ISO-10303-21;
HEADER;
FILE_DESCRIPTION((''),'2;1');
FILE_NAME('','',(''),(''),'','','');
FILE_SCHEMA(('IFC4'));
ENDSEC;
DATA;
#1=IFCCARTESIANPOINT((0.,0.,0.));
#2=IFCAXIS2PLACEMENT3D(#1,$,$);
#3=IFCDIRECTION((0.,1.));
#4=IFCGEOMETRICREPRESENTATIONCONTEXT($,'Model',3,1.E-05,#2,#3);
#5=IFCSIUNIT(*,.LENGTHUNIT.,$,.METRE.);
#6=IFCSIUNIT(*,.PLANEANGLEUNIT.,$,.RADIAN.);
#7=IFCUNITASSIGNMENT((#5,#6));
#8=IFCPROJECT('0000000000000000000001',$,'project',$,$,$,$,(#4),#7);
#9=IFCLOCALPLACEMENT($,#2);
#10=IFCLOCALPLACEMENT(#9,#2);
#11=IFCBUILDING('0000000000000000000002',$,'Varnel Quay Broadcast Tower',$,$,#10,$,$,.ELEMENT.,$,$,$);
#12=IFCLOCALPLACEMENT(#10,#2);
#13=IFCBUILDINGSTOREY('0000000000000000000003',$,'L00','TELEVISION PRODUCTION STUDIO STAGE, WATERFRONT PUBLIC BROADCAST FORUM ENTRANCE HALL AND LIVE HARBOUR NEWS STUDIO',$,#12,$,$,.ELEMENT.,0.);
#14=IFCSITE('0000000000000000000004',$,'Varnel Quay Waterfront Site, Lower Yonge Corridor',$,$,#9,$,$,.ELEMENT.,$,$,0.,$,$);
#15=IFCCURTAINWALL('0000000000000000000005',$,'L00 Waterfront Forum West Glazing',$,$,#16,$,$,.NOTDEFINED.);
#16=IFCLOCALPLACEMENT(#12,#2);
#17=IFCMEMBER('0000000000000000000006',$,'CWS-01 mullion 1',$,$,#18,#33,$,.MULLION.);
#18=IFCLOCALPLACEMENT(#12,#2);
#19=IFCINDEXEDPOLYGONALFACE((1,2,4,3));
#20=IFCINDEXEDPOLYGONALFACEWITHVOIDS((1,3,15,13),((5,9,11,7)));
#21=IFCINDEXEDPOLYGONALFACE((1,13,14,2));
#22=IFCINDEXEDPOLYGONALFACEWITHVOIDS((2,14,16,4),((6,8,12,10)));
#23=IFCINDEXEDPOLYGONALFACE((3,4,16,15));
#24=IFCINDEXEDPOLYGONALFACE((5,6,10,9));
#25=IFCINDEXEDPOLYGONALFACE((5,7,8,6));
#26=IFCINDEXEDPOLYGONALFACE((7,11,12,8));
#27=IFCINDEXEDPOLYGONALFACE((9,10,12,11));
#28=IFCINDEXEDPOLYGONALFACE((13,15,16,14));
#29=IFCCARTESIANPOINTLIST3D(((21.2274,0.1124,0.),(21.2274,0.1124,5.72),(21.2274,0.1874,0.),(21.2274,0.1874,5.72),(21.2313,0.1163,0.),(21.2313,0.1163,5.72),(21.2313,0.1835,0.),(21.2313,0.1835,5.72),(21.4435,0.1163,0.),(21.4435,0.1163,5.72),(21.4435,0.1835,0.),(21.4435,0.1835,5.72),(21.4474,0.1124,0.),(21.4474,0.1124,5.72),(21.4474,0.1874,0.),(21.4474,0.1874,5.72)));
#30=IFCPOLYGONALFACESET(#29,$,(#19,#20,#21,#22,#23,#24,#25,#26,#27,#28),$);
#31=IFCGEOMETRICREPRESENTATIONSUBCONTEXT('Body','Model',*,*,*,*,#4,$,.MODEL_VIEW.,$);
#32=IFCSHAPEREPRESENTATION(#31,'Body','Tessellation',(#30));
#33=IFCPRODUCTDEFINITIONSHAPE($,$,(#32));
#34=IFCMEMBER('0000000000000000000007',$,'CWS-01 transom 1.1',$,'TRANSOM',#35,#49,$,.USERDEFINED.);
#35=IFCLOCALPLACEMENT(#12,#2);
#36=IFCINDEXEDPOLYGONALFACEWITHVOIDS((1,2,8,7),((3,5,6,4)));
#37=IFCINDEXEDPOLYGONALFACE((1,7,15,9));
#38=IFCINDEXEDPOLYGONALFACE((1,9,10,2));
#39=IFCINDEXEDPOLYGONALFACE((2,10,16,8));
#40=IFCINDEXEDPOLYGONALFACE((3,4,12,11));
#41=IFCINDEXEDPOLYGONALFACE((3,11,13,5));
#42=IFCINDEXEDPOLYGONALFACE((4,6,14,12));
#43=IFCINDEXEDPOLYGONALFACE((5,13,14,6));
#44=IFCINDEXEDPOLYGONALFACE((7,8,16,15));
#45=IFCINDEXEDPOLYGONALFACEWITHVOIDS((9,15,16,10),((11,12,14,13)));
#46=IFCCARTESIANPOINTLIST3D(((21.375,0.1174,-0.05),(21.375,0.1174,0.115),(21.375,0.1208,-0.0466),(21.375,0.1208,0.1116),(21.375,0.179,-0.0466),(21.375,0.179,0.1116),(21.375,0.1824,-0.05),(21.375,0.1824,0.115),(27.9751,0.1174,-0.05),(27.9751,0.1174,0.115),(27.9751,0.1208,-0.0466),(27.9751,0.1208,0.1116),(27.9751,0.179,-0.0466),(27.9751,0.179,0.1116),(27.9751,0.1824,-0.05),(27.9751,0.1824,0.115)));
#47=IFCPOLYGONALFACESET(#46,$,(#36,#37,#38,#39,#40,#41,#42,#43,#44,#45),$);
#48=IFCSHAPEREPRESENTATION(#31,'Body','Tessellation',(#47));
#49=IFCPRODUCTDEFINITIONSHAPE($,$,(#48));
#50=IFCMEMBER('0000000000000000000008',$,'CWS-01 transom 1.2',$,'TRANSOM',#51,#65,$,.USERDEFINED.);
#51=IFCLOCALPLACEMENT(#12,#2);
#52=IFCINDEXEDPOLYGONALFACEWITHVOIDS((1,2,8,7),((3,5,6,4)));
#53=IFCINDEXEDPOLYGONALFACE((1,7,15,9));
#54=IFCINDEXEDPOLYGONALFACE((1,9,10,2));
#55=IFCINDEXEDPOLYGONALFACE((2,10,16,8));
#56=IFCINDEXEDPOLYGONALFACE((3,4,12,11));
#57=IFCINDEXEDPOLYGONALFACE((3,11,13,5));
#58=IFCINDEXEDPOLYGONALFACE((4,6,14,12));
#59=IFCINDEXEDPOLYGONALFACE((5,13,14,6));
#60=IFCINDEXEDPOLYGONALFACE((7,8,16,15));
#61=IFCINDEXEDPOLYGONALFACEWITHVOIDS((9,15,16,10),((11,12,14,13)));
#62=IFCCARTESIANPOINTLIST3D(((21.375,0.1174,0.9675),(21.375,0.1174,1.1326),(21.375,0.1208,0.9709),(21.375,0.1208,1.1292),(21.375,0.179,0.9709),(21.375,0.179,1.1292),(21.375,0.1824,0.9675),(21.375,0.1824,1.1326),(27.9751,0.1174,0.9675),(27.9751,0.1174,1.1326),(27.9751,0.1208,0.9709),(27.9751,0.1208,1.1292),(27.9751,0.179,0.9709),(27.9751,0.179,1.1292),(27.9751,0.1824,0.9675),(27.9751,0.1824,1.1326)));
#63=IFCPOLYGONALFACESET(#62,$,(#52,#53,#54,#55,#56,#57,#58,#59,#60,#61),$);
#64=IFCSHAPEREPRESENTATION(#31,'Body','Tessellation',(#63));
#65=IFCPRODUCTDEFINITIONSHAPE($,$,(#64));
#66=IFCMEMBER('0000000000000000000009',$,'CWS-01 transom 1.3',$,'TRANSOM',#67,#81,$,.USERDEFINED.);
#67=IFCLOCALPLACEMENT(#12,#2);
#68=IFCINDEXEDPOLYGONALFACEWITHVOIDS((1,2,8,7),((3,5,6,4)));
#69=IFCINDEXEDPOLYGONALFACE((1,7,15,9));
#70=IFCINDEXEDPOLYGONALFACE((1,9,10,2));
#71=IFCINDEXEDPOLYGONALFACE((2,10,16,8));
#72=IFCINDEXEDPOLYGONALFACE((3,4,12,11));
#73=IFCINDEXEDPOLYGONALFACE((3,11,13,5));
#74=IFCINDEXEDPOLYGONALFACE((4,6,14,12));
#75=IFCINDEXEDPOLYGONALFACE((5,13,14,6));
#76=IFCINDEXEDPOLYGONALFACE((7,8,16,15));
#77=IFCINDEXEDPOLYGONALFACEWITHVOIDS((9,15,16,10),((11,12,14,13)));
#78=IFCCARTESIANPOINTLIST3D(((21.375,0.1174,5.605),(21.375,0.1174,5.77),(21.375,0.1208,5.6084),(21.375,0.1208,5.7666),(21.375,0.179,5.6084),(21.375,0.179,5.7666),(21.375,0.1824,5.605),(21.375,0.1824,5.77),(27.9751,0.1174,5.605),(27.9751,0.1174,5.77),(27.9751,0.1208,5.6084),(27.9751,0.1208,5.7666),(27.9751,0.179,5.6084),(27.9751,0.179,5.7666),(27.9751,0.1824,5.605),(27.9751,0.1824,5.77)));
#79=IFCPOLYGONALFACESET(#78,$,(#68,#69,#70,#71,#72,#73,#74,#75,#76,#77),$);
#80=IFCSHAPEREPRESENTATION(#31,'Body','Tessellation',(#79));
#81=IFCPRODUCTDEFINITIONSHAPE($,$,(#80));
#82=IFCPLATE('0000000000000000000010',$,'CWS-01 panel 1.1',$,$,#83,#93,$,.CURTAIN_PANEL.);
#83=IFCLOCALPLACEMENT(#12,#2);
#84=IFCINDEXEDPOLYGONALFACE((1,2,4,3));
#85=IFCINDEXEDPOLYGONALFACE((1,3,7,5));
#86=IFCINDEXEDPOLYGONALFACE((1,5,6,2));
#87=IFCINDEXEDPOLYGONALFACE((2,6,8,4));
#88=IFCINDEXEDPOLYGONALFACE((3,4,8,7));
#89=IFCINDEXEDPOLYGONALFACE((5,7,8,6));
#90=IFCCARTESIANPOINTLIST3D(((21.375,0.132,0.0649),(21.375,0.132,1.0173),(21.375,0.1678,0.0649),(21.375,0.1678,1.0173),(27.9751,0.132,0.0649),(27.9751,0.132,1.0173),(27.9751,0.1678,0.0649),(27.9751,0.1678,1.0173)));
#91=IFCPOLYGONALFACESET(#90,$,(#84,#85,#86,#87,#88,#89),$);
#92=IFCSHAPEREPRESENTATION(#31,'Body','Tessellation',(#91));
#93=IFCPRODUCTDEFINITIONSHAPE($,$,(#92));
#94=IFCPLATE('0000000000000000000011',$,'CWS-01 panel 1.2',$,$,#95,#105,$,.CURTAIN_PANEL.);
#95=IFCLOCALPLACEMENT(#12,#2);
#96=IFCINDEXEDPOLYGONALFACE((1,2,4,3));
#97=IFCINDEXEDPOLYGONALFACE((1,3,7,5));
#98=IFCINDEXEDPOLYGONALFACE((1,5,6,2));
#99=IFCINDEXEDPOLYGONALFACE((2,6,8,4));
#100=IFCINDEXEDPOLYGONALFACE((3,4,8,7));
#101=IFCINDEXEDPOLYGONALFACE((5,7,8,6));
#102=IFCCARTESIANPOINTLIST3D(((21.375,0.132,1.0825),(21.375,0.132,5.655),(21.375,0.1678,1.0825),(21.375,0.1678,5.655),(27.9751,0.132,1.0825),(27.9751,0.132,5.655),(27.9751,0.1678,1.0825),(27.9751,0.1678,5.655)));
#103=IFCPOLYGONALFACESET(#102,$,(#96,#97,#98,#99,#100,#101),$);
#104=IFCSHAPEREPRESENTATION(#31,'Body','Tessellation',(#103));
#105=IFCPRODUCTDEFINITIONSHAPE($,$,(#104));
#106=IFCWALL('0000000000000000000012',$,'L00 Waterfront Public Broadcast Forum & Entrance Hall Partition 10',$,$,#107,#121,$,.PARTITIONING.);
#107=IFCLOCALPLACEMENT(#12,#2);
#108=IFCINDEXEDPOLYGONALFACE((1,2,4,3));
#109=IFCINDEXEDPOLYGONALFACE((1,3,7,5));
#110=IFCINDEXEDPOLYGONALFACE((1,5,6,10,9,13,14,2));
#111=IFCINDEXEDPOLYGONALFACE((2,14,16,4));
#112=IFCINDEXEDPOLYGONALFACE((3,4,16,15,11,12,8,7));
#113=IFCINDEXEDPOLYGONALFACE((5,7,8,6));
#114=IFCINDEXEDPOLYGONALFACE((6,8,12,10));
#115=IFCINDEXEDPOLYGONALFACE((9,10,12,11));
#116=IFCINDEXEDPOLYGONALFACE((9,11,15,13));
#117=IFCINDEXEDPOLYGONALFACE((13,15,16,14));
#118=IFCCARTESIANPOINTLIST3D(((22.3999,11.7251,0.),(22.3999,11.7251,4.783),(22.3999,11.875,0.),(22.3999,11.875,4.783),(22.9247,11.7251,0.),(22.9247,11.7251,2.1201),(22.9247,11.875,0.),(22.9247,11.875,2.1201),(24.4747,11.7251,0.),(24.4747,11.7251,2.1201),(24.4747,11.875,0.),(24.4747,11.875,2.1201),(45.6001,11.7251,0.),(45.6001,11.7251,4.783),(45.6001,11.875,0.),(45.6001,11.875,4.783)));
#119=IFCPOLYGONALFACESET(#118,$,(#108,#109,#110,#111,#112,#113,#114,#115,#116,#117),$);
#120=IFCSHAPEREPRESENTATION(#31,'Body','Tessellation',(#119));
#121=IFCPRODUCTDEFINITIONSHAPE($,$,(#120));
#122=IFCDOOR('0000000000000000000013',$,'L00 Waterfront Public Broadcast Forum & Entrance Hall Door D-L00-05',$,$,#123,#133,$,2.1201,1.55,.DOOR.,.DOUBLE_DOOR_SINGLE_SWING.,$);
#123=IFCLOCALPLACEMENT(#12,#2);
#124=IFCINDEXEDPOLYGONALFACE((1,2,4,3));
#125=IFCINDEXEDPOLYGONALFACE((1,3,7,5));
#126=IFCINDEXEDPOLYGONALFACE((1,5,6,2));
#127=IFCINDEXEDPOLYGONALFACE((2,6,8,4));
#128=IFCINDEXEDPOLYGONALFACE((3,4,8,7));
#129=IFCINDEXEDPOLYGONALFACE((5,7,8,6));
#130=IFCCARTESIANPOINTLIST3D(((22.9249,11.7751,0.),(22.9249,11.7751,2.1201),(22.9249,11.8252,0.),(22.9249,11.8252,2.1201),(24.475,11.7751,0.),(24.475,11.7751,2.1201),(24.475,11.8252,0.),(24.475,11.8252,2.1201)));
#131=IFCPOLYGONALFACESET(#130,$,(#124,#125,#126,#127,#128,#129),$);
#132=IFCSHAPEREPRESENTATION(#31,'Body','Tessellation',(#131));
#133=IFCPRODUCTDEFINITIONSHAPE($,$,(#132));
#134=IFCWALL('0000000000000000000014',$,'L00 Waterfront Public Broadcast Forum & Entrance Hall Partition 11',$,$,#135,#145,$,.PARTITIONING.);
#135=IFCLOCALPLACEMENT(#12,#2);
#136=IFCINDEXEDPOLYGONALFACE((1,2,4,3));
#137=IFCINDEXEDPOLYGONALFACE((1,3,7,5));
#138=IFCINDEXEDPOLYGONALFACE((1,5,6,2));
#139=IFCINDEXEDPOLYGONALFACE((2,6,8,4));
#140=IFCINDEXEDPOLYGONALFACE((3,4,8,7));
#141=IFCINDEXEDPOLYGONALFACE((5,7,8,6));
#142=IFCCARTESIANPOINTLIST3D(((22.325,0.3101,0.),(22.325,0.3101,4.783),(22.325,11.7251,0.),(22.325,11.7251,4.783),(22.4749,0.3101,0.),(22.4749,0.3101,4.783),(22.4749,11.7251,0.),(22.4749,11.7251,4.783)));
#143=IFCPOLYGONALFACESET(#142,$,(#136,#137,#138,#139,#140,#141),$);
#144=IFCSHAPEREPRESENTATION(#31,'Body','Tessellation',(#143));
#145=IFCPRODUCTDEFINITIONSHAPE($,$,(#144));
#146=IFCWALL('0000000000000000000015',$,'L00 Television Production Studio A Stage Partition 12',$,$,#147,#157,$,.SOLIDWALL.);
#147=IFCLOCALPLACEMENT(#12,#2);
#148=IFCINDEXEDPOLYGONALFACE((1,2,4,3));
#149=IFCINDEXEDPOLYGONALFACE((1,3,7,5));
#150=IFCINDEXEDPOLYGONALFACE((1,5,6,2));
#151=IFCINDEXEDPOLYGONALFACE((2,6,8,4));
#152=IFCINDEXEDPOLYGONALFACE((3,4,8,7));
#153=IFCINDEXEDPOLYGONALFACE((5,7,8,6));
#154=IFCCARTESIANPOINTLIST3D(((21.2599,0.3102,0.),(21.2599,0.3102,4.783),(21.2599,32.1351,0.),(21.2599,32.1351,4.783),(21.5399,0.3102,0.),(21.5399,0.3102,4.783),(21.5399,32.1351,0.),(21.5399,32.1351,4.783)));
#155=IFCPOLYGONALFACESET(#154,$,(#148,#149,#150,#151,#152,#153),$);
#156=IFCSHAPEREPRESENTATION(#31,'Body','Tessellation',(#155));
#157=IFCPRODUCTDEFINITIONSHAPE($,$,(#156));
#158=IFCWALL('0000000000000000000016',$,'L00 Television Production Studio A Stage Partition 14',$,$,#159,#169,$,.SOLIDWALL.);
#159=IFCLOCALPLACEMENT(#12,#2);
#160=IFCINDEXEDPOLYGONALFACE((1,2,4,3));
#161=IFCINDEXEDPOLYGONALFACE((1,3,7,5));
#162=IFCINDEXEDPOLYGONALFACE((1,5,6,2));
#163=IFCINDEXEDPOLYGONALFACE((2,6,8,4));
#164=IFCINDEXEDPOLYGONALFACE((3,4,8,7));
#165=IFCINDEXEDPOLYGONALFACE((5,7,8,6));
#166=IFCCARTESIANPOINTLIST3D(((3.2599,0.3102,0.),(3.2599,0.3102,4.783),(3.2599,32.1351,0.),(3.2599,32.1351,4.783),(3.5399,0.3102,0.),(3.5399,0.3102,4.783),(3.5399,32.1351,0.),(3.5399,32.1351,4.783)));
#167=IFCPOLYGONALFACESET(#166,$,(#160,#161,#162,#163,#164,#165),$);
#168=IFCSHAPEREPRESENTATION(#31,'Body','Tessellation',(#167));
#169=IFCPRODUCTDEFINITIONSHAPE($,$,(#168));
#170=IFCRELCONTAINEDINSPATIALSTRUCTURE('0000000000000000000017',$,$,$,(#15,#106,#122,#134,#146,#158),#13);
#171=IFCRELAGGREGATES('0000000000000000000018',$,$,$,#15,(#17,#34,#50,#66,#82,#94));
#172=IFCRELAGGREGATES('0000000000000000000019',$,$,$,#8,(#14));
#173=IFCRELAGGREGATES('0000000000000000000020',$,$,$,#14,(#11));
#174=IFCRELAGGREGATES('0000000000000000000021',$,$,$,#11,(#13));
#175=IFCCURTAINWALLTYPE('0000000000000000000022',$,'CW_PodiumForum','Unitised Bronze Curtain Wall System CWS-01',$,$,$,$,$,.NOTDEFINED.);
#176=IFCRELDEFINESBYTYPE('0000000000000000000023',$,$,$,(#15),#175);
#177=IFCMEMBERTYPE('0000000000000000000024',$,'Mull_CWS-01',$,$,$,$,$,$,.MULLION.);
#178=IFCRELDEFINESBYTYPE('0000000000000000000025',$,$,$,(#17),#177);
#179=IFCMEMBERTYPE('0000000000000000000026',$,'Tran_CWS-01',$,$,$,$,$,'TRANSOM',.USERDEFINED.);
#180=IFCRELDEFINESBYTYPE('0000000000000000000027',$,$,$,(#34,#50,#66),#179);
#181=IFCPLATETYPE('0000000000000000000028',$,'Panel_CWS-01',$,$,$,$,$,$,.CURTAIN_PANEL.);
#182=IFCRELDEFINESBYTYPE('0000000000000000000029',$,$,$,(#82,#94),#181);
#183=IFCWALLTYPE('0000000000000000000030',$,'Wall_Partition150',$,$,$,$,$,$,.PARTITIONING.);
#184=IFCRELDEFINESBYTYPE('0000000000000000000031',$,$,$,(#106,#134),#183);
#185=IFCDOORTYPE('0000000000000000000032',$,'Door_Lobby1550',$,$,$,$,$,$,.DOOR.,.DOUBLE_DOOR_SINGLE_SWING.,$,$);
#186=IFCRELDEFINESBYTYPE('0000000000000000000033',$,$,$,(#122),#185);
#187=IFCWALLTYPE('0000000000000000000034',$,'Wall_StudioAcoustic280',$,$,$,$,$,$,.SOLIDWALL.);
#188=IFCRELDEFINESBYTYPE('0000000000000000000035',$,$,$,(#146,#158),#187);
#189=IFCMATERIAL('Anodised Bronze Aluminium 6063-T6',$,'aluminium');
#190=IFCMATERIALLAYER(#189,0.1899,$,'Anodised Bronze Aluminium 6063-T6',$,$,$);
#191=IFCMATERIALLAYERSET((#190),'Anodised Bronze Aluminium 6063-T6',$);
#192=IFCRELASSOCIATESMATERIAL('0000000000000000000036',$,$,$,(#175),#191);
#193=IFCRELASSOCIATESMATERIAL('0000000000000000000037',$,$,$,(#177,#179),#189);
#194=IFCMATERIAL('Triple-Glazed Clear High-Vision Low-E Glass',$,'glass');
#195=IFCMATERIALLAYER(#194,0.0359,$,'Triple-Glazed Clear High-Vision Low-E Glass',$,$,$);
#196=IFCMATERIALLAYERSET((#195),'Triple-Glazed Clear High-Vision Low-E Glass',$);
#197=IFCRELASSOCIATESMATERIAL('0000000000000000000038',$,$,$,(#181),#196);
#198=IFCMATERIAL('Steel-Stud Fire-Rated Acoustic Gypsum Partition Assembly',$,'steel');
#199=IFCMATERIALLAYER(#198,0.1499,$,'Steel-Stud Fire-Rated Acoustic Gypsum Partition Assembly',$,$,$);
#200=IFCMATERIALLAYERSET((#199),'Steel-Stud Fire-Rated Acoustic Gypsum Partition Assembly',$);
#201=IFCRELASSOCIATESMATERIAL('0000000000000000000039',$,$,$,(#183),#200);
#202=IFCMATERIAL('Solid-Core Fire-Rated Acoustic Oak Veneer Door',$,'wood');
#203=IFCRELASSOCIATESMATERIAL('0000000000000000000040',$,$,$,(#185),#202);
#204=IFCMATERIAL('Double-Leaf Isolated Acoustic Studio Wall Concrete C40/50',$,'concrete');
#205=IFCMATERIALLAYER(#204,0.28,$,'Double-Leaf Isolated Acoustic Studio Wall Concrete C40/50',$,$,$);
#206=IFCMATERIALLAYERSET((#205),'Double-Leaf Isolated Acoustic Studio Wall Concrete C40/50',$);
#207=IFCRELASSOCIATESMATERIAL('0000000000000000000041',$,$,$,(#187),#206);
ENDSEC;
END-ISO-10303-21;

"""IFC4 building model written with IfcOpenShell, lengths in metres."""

from ifc_helpers import new_model, si_unit, direction, frame, frame_2d, origin, origin_2d, place, context, subcontext, project, spatial, rectangle, hollow_rectangle, extrude, source, transform, mapped, material, layer, layer_set, material_profile, profile_set, type_object, type_shapes, element, fill, aggregate, save


model = new_model("IFC4")

# Units and contexts
model_context = context("Model", 3, precision=1e-05, world=origin(), true_north=direction((0.0, 1.0)))
body_context = subcontext(model_context, "Body", "Model", "MODEL_VIEW")
ifc_project = project(units=[si_unit("LENGTHUNIT", "METRE"), si_unit("PLANEANGLEUNIT", "RADIAN")], contexts=[model_context])

# Site, building, storey
site_placement = place(None, origin())
site = spatial("IfcSite", under=ifc_project, at=site_placement, Name="Varnel Quay Waterfront Site, Lower Yonge Corridor", CompositionType="ELEMENT", RefElevation=0.0)
building_placement = place(site_placement, origin())
building = spatial("IfcBuilding", under=site, at=building_placement, Name="Varnel Quay Broadcast Tower", CompositionType="ELEMENT")
storey_placement = place(building_placement, origin())
storey = spatial("IfcBuildingStorey", under=building, at=storey_placement, Name="L00", Description="TELEVISION PRODUCTION STUDIO STAGE, WATERFRONT PUBLIC BROADCAST FORUM ENTRANCE HALL AND LIVE HARBOUR NEWS STUDIO", CompositionType="ELEMENT", Elevation=0.0)

# Curtain wall, members, plates
ifc_material_1 = material(Name="Anodised Bronze Aluminium 6063-T6", Category="aluminium")
ifc_layer_1 = layer(ifc_material_1, 0.1899, Name="Anodised Bronze Aluminium 6063-T6")
ifc_layer_set_1 = layer_set([ifc_layer_1], Name="Anodised Bronze Aluminium 6063-T6")
curtain_wall_type = type_object("IfcCurtainWallType", Name="CW_PodiumForum", Description="Unitised Bronze Curtain Wall System CWS-01", PredefinedType="NOTDEFINED", material=ifc_layer_set_1)
curtain_wall_placement = place(storey_placement, origin())
curtain_wall = element("IfcCurtainWall", 1, at=curtain_wall_placement, inside=storey, type_object=curtain_wall_type, Name="L00 Waterfront Forum West Glazing", PredefinedType="NOTDEFINED")
ifc_material_profile_1 = material_profile(ifc_material_1, hollow_rectangle(XDim=0.075, YDim=0.22, WallThickness=0.0039, at=origin_2d()), Name="ALU75X220X4")
ifc_profile_set_1 = profile_set([ifc_material_profile_1], Name="Anodised Bronze Aluminium 6063-T6")
member_type_1 = type_object("IfcMemberType", Name="Mull_CWS-01", PredefinedType="MULLION", material=ifc_profile_set_1)
shared_shape_1 = source(origin(), body_context, "Body", "SweptSolid", [
    extrude(hollow_rectangle(XDim=0.075, YDim=0.22, WallThickness=0.0039, at=origin_2d()), origin(), (0.0, 0.0, 1.0), 5.72),
])
type_shapes(member_type_1, [shared_shape_1])
member_1_placement = place(storey_placement, frame((21.3374, 0.1499, 0.0), z_axis=(0.0, 0.0, 1.0), x_axis=(0.0, 1.0, 0.0)))
member_1 = element("IfcMember", 2, at=member_1_placement, type_object=member_type_1, Name="CWS-01 mullion 1", PredefinedType="MULLION", context=body_context, shape_type="MappedRepresentation", body=[
    mapped(shared_shape_1, transform((0.0, 0.0, 0.0), x_axis=(1.0, 0.0, 0.0), y_axis=(0.0, 1.0, 0.0), z_axis=(0.0, 0.0, 1.0), scale=1.0)),
])
ifc_material_profile_2 = material_profile(ifc_material_1, hollow_rectangle(XDim=0.0649, YDim=0.165, WallThickness=0.0034, at=origin_2d()), Name="ALU65X165X3.5")
ifc_profile_set_2 = profile_set([ifc_material_profile_2], Name="Anodised Bronze Aluminium 6063-T6")
member_type_2 = type_object("IfcMemberType", Name="Tran_CWS-01", ElementType="TRANSOM", PredefinedType="USERDEFINED", material=ifc_profile_set_2)
shared_shape_2 = source(origin(), body_context, "Body", "SweptSolid", [
    extrude(hollow_rectangle(XDim=0.0649, YDim=0.165, WallThickness=0.0034, at=origin_2d()), origin(), (0.0, 0.0, 1.0), 6.6001),
])
type_shapes(member_type_2, [shared_shape_2])
member_2_placement = place(storey_placement, frame((21.375, 0.1499, 0.0325), z_axis=(1.0, 0.0, 0.0), x_axis=(0.0, 1.0, 0.0)))
member_2 = element("IfcMember", 3, at=member_2_placement, type_object=member_type_2, Name="CWS-01 transom 1.1", ObjectType="TRANSOM", PredefinedType="USERDEFINED", context=body_context, shape_type="MappedRepresentation", body=[
    mapped(shared_shape_2, transform((0.0, 0.0, 0.0), x_axis=(1.0, 0.0, 0.0), y_axis=(0.0, 1.0, 0.0), z_axis=(0.0, 0.0, 1.0), scale=1.0)),
])
member_3_placement = place(storey_placement, frame((21.375, 0.1499, 1.05), z_axis=(1.0, 0.0, 0.0), x_axis=(0.0, 1.0, 0.0)))
member_3 = element("IfcMember", 4, at=member_3_placement, type_object=member_type_2, Name="CWS-01 transom 1.2", ObjectType="TRANSOM", PredefinedType="USERDEFINED", context=body_context, shape_type="MappedRepresentation", body=[
    mapped(shared_shape_2, transform((0.0, 0.0, 0.0), x_axis=(1.0, 0.0, 0.0), y_axis=(0.0, 1.0, 0.0), z_axis=(0.0, 0.0, 1.0), scale=1.0)),
])
member_4_placement = place(storey_placement, frame((21.375, 0.1499, 5.6875), z_axis=(1.0, 0.0, 0.0), x_axis=(0.0, 1.0, 0.0)))
member_4 = element("IfcMember", 5, at=member_4_placement, type_object=member_type_2, Name="CWS-01 transom 1.3", ObjectType="TRANSOM", PredefinedType="USERDEFINED", context=body_context, shape_type="MappedRepresentation", body=[
    mapped(shared_shape_2, transform((0.0, 0.0, 0.0), x_axis=(1.0, 0.0, 0.0), y_axis=(0.0, 1.0, 0.0), z_axis=(0.0, 0.0, 1.0), scale=1.0)),
])
ifc_material_2 = material(Name="Triple-Glazed Clear High-Vision Low-E Glass", Category="glass")
ifc_layer_2 = layer(ifc_material_2, 0.0359, Name="Triple-Glazed Clear High-Vision Low-E Glass")
ifc_layer_set_2 = layer_set([ifc_layer_2], Name="Triple-Glazed Clear High-Vision Low-E Glass")
plate_type = type_object("IfcPlateType", Name="Panel_CWS-01", PredefinedType="CURTAIN_PANEL", material=ifc_layer_set_2)
shared_shape_3 = source(origin(), body_context, "Body", "SweptSolid", [
    extrude(rectangle(XDim=6.6001, YDim=0.0359, at=origin_2d()), origin(), (0.0, 0.0, 1.0), 0.9524),
])
plate_1_placement = place(storey_placement, frame((24.675, 0.1499, 0.0649), z_axis=(0.0, 0.0, 1.0), x_axis=(1.0, 0.0, 0.0)))
plate_1 = element("IfcPlate", 6, at=plate_1_placement, type_object=plate_type, Name="CWS-01 panel 1.1", PredefinedType="CURTAIN_PANEL", context=body_context, shape_type="MappedRepresentation", body=[
    mapped(shared_shape_3, transform((0.0, 0.0, 0.0), x_axis=(1.0, 0.0, 0.0), y_axis=(0.0, 1.0, 0.0), z_axis=(0.0, 0.0, 1.0), scale=1.0)),
])
shared_shape_4 = source(origin(), body_context, "Body", "SweptSolid", [
    extrude(rectangle(XDim=6.6001, YDim=0.0359, at=origin_2d()), origin(), (0.0, 0.0, 1.0), 4.5725),
])
type_shapes(plate_type, [shared_shape_3, shared_shape_4])
plate_2_placement = place(storey_placement, frame((24.675, 0.1499, 1.0825), z_axis=(0.0, 0.0, 1.0), x_axis=(1.0, 0.0, 0.0)))
plate_2 = element("IfcPlate", 7, at=plate_2_placement, type_object=plate_type, Name="CWS-01 panel 1.2", PredefinedType="CURTAIN_PANEL", context=body_context, shape_type="MappedRepresentation", body=[
    mapped(shared_shape_4, transform((0.0, 0.0, 0.0), x_axis=(1.0, 0.0, 0.0), y_axis=(0.0, 1.0, 0.0), z_axis=(0.0, 0.0, 1.0), scale=1.0)),
])
aggregate(curtain_wall, [member_1, member_2, member_3, member_4, plate_1, plate_2])

# Wall, opening, door
ifc_material_3 = material(Name="Steel-Stud Fire-Rated Acoustic Gypsum Partition Assembly", Category="steel")
ifc_layer_3 = layer(ifc_material_3, 0.1499, Name="Steel-Stud Fire-Rated Acoustic Gypsum Partition Assembly")
ifc_layer_set_3 = layer_set([ifc_layer_3], Name="Steel-Stud Fire-Rated Acoustic Gypsum Partition Assembly")
wall_type_1 = type_object("IfcWallType", Name="Wall_Partition150", PredefinedType="PARTITIONING", material=ifc_layer_set_3)
wall_1_placement = place(storey_placement, frame((22.3999, 11.8, 0.0), z_axis=(0.0, 0.0, 1.0), x_axis=(1.0, 0.0, 0.0)))
wall_1 = element("IfcWall", 8, at=wall_1_placement, inside=storey, type_object=wall_type_1, Name="L00 Waterfront Public Broadcast Forum & Entrance Hall Partition 10", PredefinedType="PARTITIONING", context=body_context, shape_type="SweptSolid", body=[
    extrude(rectangle(XDim=23.2002, YDim=0.1499, at=frame_2d((11.6001, 0.0))), origin(), (0.0, 0.0, 1.0), 4.783),
])
opening_placement = place(wall_1_placement, frame((0.5249, 0.0, 0.0)))
opening = element("IfcOpeningElement", 9, at=opening_placement, cuts=wall_1, PredefinedType="OPENING", context=body_context, shape_type="SweptSolid", body=[
    extrude(rectangle(XDim=1.55, YDim=2.1201, at=frame_2d((0.7749, 1.0601))), frame((0.0, 0.085, 0.0), z_axis=(0.0, -1.0, 0.0), x_axis=(1.0, 0.0, 0.0)), (0.0, 0.0, 1.0), 0.1699),
])
ifc_material_4 = material(Name="Solid-Core Fire-Rated Acoustic Oak Veneer Door", Category="wood")
door_type = type_object("IfcDoorType", Name="Door_Lobby1550", OperationType="DOUBLE_DOOR_SINGLE_SWING", PredefinedType="DOOR", material=ifc_material_4)
shared_shape_5 = source(origin(), body_context, "Body", "SweptSolid", [
    extrude(rectangle(XDim=1.55, YDim=2.1201, at=frame_2d((0.7749, 1.0601))), frame((0.0, 0.0249, 0.0), z_axis=(0.0, -1.0, 0.0), x_axis=(1.0, 0.0, 0.0)), (0.0, 0.0, 1.0), 0.05),
])
type_shapes(door_type, [shared_shape_5])
door_placement = place(opening_placement, frame((1.55, 0.0, 0.0), z_axis=(0.0, 0.0, 1.0), x_axis=(-1.0, 0.0, 0.0)))
door = element("IfcDoor", 10, at=door_placement, inside=storey, type_object=door_type, Name="L00 Waterfront Public Broadcast Forum & Entrance Hall Door D-L00-05", OperationType="DOUBLE_DOOR_SINGLE_SWING", OverallHeight=2.1201, OverallWidth=1.55, PredefinedType="DOOR", context=body_context, shape_type="MappedRepresentation", body=[
    mapped(shared_shape_5, transform((0.0, 0.0, 0.0), x_axis=(1.0, 0.0, 0.0), y_axis=(0.0, 1.0, 0.0), z_axis=(0.0, 0.0, 1.0), scale=1.0)),
])
fill(opening, door)

# Walls
wall_2_placement = place(storey_placement, frame((22.3999, 0.3101, 0.0), z_axis=(0.0, 0.0, 1.0), x_axis=(0.0, 1.0, 0.0)))
element("IfcWall", 11, at=wall_2_placement, inside=storey, type_object=wall_type_1, Name="L00 Waterfront Public Broadcast Forum & Entrance Hall Partition 11", PredefinedType="PARTITIONING", context=body_context, shape_type="SweptSolid", body=[
    extrude(rectangle(XDim=11.415, YDim=0.1499, at=frame_2d((5.7075, 0.0))), origin(), (0.0, 0.0, 1.0), 4.783),
])
ifc_material_5 = material(Name="Double-Leaf Isolated Acoustic Studio Wall Concrete C40/50", Category="concrete")
ifc_layer_4 = layer(ifc_material_5, 0.28, Name="Double-Leaf Isolated Acoustic Studio Wall Concrete C40/50")
ifc_layer_set_4 = layer_set([ifc_layer_4], Name="Double-Leaf Isolated Acoustic Studio Wall Concrete C40/50")
wall_type_2 = type_object("IfcWallType", Name="Wall_StudioAcoustic280", PredefinedType="SOLIDWALL", material=ifc_layer_set_4)
for number, where, z_axis, x_axis, name in (
    (12, (21.3999, 0.3101, 0.0), (0.0, 0.0, 1.0), (0.0, 1.0, 0.0), "L00 Television Production Studio A Stage Partition 12"),
    (13, (3.3999, 0.3101, 0.0), (0.0, 0.0, 1.0), (0.0, 1.0, 0.0), "L00 Television Production Studio A Stage Partition 14"),
):
    element("IfcWall", number, at=place(storey_placement, frame(where, z_axis=z_axis, x_axis=x_axis)), inside=storey, type_object=wall_type_2, Name=name, PredefinedType="SOLIDWALL", context=body_context, shape_type="SweptSolid", body=[
        extrude(rectangle(XDim=31.825, YDim=0.28, at=frame_2d((15.9126, 0.0))), origin(), (0.0, 0.0, 1.0), 4.783),
    ])

save(model, "model.ifc")
